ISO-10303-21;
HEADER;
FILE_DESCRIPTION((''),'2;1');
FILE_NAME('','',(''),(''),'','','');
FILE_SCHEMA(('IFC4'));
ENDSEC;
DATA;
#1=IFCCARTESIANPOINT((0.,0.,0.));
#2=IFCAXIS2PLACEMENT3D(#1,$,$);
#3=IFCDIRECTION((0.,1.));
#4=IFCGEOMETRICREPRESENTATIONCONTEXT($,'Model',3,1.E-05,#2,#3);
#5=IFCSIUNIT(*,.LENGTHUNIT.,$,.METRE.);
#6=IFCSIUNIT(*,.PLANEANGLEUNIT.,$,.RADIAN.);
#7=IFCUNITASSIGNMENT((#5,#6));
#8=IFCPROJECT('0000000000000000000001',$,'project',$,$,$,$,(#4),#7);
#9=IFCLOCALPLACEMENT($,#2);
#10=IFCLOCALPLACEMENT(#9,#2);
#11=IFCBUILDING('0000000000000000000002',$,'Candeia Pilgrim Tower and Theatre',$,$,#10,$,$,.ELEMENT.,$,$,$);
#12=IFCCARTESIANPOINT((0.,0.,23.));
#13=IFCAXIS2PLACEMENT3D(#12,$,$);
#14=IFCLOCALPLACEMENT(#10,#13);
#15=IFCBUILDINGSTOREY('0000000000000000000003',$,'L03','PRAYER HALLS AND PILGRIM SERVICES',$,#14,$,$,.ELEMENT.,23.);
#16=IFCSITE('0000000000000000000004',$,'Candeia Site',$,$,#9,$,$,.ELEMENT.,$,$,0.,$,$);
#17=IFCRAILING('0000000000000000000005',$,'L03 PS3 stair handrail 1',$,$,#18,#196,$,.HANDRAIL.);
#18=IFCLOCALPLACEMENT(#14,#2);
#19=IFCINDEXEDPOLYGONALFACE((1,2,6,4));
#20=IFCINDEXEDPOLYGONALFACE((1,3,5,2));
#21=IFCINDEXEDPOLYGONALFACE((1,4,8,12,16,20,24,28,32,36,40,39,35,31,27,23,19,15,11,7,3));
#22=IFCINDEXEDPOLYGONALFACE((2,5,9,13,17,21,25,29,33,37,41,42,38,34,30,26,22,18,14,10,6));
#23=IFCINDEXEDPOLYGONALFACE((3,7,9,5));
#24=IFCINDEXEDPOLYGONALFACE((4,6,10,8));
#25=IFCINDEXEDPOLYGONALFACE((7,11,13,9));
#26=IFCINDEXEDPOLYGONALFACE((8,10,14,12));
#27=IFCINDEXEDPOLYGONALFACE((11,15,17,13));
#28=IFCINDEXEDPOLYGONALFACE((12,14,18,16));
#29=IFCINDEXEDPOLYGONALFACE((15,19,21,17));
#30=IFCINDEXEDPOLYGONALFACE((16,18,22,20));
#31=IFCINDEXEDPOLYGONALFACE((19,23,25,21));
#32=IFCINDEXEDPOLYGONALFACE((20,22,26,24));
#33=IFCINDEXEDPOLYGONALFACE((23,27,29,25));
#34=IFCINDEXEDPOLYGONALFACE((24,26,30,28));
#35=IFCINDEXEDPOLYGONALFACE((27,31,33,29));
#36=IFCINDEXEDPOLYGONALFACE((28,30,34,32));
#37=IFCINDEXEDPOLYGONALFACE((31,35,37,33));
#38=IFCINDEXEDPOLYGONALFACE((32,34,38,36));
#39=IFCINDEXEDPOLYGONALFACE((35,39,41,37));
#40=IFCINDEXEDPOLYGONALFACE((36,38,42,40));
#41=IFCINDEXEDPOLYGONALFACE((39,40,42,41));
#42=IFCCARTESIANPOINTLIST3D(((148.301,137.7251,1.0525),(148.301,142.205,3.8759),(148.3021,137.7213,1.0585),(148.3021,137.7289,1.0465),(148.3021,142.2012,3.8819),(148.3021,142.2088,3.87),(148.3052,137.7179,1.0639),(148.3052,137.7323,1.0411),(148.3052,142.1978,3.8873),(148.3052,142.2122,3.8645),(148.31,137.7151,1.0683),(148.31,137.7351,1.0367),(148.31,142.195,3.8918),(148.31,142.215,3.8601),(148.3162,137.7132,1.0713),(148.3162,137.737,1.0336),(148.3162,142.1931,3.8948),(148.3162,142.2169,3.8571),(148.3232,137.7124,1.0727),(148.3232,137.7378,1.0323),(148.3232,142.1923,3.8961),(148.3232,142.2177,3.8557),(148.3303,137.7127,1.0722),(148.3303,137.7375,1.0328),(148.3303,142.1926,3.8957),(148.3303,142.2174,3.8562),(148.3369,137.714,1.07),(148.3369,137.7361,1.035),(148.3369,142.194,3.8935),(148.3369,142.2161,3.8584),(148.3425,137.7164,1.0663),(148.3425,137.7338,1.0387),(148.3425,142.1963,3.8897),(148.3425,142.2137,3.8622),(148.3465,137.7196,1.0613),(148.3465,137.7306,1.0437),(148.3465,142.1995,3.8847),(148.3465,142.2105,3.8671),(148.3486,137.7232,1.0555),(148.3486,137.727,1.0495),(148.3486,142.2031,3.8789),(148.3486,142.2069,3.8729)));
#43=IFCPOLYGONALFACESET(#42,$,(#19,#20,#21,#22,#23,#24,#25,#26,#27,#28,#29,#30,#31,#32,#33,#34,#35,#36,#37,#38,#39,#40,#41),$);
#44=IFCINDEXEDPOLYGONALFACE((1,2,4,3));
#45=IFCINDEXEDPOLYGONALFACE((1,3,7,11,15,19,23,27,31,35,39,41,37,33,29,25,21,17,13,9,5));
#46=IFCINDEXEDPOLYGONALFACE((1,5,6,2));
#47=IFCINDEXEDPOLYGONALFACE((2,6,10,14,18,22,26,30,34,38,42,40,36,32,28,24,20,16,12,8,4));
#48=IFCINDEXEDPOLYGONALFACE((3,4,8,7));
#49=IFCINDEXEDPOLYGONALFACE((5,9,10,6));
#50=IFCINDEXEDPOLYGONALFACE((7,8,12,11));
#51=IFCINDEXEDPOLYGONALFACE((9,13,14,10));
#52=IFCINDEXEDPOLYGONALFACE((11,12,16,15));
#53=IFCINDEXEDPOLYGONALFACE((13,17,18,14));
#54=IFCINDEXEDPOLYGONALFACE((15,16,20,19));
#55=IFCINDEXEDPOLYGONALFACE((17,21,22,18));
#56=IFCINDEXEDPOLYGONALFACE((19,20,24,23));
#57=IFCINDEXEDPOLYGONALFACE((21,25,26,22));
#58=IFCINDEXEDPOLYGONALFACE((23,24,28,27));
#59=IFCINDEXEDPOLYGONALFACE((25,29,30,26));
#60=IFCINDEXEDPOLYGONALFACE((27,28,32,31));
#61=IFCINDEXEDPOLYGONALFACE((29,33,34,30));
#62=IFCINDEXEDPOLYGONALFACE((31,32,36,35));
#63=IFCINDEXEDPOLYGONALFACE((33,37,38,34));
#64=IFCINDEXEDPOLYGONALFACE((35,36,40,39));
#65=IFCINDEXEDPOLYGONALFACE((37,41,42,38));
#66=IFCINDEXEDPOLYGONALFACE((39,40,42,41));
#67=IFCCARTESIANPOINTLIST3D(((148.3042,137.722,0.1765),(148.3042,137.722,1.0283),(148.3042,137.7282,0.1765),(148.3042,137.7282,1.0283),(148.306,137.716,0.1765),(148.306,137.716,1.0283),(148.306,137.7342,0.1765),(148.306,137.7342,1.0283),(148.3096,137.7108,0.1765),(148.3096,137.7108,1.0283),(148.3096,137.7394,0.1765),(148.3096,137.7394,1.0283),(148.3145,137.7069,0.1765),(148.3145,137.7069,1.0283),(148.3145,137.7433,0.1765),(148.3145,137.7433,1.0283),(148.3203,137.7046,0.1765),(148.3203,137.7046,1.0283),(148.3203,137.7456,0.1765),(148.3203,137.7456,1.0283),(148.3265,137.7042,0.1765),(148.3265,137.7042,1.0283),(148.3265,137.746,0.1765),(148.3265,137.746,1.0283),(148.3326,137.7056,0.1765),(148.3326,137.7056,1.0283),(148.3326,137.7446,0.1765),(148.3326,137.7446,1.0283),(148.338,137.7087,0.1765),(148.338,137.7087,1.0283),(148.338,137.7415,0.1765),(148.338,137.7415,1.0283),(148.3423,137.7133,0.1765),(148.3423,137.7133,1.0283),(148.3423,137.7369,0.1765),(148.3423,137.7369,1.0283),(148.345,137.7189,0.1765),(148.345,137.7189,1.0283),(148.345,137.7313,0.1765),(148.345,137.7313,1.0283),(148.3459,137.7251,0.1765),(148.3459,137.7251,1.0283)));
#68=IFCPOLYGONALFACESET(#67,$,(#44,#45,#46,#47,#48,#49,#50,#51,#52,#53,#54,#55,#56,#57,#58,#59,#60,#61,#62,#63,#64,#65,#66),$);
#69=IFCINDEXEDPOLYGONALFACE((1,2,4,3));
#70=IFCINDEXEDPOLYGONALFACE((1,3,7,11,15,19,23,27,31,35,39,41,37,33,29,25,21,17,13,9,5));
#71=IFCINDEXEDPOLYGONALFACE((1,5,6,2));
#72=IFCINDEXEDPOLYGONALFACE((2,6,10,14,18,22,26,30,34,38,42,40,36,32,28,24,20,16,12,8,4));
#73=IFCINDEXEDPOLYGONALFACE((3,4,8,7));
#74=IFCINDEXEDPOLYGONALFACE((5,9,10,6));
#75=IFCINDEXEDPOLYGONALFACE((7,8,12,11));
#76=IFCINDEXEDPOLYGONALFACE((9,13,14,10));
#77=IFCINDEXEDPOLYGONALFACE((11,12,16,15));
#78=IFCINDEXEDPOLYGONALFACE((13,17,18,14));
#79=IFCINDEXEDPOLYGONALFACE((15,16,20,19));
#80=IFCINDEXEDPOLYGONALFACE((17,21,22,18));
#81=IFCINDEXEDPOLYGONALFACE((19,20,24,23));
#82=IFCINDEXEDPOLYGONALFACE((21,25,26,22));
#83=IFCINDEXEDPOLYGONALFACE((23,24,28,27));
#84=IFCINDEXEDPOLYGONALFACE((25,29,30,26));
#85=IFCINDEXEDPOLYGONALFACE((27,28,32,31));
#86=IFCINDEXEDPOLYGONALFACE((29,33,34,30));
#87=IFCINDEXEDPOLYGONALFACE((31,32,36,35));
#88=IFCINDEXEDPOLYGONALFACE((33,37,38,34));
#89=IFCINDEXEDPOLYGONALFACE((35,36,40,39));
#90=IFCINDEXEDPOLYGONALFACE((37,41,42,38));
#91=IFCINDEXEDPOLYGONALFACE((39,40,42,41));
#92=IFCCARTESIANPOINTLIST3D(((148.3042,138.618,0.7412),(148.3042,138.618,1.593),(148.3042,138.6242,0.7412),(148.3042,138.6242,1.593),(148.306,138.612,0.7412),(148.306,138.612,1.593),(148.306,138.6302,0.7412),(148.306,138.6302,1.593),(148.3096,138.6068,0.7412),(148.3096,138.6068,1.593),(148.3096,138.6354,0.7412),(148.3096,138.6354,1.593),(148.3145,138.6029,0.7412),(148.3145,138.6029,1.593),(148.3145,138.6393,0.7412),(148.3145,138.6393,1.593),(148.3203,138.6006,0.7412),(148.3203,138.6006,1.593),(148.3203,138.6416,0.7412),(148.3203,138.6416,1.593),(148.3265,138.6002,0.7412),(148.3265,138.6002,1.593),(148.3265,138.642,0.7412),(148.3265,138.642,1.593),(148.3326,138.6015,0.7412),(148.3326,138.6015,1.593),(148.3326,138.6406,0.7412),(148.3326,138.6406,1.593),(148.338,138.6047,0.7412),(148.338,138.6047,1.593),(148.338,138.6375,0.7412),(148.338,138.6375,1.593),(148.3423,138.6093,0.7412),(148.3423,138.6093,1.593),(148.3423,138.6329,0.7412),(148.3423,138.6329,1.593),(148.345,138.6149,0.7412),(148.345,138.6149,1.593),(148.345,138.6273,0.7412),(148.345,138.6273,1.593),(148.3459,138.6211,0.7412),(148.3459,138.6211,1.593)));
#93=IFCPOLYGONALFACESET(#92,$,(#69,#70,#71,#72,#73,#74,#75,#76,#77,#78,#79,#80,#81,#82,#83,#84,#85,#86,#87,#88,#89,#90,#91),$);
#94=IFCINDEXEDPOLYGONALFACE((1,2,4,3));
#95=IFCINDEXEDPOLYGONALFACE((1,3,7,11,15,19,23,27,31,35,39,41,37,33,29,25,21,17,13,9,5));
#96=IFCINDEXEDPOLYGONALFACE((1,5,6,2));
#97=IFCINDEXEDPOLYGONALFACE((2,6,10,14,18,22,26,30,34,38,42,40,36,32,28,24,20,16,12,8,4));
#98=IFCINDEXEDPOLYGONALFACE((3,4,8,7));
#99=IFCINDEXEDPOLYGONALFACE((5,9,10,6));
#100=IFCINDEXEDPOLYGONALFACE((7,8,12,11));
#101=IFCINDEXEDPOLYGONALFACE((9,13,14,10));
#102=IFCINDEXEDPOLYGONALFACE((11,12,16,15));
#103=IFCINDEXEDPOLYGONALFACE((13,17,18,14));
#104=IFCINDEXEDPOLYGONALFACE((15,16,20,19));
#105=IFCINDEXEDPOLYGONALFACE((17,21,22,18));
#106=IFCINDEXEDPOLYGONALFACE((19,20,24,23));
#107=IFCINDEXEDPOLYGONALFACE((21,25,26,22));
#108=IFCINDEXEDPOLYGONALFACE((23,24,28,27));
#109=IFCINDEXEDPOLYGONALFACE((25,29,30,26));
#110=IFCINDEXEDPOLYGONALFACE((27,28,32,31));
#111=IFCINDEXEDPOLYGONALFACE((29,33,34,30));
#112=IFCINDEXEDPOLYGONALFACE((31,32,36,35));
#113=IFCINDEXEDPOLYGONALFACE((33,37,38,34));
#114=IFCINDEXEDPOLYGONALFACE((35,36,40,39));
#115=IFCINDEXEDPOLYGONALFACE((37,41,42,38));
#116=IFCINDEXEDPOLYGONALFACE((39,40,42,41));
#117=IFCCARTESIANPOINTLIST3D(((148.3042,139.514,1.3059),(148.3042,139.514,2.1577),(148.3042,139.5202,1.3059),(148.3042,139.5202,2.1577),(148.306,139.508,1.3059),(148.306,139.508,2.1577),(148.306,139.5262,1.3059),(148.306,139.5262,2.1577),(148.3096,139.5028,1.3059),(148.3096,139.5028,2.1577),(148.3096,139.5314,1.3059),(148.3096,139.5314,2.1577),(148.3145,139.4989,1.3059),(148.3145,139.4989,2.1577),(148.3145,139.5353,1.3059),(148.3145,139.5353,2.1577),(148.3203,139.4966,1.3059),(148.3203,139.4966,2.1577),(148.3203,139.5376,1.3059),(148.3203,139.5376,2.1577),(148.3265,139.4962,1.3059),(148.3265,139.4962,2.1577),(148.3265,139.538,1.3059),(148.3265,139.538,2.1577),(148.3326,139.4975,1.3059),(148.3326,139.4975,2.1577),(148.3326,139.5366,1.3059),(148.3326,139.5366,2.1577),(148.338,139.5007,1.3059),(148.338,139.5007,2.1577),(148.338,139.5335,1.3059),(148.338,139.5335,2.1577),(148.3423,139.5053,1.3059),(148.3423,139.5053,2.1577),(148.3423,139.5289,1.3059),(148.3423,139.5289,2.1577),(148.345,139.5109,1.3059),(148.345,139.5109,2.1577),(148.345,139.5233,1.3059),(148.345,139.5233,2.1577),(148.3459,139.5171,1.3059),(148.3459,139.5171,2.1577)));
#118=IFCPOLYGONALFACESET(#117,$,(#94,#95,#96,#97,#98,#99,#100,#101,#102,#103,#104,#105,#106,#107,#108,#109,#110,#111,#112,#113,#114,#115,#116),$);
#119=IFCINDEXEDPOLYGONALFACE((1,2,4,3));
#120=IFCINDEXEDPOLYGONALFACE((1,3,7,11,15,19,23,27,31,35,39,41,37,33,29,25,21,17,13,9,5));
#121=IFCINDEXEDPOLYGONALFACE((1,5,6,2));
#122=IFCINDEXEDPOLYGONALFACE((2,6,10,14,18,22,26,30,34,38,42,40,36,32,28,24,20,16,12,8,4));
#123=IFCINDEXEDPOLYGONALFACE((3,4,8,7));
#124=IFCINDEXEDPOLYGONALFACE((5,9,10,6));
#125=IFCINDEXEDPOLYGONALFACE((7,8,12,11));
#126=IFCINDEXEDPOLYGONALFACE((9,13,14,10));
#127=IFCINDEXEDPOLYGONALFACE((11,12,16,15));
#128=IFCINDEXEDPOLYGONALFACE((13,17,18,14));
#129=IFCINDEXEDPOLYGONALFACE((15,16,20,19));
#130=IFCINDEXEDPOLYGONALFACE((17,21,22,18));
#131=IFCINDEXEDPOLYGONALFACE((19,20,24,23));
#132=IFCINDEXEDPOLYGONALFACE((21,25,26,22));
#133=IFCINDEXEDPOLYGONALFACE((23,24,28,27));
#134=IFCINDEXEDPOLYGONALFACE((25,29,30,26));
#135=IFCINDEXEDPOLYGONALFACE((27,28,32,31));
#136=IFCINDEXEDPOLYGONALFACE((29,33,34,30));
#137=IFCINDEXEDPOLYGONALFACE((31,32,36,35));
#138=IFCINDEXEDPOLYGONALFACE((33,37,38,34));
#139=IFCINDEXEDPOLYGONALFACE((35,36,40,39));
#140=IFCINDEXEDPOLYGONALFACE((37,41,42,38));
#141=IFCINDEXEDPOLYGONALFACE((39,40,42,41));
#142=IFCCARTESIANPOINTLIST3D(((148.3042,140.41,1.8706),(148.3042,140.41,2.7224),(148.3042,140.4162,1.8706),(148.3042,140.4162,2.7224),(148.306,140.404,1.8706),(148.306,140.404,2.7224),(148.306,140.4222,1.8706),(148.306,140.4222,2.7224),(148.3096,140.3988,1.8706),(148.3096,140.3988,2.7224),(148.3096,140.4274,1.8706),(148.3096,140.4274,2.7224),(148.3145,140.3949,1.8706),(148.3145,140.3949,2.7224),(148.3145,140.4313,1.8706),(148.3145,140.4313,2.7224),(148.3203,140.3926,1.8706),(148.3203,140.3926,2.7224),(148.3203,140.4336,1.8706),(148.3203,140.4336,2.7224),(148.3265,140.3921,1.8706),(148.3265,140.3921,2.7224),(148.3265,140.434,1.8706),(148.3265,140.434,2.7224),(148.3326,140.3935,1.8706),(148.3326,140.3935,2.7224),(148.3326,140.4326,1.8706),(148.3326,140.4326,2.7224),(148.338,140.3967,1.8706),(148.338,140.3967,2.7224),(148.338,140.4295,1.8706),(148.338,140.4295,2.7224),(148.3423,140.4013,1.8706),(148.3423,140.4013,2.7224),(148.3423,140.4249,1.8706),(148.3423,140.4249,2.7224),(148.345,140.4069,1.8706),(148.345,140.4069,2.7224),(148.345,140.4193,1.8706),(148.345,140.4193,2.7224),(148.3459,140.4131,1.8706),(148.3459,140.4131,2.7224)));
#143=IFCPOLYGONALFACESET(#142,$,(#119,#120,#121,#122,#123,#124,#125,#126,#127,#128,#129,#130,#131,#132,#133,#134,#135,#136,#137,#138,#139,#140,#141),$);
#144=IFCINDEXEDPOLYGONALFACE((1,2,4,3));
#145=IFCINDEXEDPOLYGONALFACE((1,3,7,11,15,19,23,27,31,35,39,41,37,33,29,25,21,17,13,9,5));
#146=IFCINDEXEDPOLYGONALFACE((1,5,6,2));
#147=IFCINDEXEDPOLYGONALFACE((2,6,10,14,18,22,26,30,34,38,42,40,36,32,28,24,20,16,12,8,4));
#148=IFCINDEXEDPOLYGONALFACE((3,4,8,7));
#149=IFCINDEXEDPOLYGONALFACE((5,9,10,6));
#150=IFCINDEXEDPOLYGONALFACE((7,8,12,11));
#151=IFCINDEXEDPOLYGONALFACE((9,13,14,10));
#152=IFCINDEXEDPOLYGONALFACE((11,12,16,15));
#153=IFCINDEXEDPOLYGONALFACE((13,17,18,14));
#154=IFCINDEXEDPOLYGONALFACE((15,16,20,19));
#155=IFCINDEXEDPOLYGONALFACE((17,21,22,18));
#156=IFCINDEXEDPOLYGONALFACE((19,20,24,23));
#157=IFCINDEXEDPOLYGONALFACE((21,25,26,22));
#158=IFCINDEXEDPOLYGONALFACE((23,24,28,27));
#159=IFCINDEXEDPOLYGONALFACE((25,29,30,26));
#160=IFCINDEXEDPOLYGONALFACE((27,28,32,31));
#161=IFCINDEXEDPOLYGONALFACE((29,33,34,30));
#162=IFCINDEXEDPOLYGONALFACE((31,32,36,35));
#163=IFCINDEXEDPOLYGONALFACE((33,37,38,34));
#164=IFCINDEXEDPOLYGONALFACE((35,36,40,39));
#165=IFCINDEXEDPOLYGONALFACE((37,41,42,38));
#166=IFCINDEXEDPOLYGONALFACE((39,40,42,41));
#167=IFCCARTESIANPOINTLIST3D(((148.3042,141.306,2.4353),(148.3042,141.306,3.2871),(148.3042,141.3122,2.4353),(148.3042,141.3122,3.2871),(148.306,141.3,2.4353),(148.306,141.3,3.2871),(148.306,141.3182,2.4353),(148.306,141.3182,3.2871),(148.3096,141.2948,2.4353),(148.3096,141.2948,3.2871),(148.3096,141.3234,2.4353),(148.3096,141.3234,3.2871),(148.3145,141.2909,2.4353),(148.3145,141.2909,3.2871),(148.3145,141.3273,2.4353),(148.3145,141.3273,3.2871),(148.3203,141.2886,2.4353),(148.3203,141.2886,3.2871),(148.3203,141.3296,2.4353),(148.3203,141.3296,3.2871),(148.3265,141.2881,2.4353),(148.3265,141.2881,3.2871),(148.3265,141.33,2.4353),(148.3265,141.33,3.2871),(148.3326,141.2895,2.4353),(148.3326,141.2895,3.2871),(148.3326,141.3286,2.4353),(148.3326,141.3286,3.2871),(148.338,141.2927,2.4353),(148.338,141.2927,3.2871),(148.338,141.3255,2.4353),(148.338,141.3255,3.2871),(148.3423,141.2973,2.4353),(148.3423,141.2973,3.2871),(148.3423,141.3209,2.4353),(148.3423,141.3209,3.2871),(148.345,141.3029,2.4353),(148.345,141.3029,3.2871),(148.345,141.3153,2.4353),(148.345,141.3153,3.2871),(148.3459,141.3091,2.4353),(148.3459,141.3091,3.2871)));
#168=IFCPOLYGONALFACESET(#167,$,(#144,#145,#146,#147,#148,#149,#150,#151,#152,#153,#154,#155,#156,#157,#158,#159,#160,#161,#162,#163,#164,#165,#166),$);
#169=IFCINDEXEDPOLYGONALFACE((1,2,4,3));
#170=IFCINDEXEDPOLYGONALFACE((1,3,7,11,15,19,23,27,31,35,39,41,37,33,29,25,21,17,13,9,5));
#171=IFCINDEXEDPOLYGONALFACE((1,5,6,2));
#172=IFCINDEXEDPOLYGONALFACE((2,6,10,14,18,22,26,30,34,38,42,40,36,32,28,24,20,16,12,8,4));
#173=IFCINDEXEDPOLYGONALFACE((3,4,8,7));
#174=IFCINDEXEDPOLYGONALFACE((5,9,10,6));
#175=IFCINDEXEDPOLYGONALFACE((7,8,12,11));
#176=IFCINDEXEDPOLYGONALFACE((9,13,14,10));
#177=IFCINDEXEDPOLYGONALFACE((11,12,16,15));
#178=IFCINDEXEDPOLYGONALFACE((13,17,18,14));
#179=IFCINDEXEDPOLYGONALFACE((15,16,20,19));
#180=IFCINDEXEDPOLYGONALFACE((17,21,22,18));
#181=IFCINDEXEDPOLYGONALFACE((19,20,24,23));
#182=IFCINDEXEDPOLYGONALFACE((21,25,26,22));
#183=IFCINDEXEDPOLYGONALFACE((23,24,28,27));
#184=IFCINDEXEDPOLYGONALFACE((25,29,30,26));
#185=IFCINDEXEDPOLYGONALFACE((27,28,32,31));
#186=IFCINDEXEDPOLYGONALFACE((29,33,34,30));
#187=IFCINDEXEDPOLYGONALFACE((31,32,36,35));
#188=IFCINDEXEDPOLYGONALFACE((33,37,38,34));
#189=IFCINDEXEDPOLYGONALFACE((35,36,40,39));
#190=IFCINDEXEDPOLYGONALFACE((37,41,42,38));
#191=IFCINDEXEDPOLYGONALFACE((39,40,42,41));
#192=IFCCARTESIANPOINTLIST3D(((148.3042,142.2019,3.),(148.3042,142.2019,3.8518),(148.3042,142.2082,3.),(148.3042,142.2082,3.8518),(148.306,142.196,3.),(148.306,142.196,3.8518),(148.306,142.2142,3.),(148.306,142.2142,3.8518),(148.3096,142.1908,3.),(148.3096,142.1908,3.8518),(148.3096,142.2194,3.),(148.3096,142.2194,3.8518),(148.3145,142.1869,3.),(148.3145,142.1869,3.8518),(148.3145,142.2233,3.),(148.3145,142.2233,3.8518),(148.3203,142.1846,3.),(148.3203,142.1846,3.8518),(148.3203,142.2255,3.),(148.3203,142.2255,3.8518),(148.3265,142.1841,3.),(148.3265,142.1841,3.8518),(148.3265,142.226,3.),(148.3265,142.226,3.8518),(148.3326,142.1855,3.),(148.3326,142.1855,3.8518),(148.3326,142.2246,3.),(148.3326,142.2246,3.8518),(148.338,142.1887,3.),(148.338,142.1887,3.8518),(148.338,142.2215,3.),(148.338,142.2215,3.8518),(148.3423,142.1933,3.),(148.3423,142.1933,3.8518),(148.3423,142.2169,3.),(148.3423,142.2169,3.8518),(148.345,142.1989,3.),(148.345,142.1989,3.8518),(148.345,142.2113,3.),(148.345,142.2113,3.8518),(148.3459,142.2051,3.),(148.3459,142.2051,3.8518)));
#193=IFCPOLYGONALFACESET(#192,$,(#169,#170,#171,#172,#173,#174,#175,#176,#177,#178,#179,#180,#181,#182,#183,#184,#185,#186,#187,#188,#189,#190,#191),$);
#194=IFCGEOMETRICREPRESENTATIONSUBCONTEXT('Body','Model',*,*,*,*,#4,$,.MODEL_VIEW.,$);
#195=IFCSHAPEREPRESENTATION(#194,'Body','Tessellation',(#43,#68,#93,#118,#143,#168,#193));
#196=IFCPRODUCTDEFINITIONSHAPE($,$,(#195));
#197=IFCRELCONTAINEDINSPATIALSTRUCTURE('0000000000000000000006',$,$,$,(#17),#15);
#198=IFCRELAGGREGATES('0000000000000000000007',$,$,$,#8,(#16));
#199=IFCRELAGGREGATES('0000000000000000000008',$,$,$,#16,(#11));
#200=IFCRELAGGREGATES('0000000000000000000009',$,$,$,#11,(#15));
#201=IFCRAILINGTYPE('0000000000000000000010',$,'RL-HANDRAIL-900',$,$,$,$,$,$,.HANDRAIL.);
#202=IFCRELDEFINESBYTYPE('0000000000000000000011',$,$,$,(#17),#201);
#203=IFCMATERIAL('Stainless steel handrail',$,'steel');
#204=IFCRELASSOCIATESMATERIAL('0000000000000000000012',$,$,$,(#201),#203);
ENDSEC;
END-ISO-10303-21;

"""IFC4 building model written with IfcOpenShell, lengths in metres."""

from ifc_helpers import new_model, si_unit, direction, frame, origin, origin_2d, place, context, subcontext, project, spatial, circle, extrude, material, type_object, element, save


model = new_model("IFC4")

# Units and contexts
model_context = context("Model", 3, precision=1e-05, world=origin(), true_north=direction((0.0, 1.0)))
body_context = subcontext(model_context, "Body", "Model", "MODEL_VIEW")
ifc_project = project(units=[si_unit("LENGTHUNIT", "METRE"), si_unit("PLANEANGLEUNIT", "RADIAN")], contexts=[model_context])

# Site, building, storey
site_placement = place(None, origin())
site = spatial("IfcSite", under=ifc_project, at=site_placement, Name="Candeia Site", CompositionType="ELEMENT", RefElevation=0.0)
building_placement = place(site_placement, origin())
building = spatial("IfcBuilding", under=site, at=building_placement, Name="Candeia Pilgrim Tower and Theatre", CompositionType="ELEMENT")
storey_placement = place(building_placement, frame((0.0, 0.0, 23.0)))
storey = spatial("IfcBuildingStorey", under=building, at=storey_placement, Name="L03", Description="PRAYER HALLS AND PILGRIM SERVICES", CompositionType="ELEMENT", Elevation=23.0)

# Railing
ifc_material_1 = material(Name="Stainless steel handrail", Category="steel")
railing_type_1 = type_object("IfcRailingType", Name="RL-HANDRAIL-900", PredefinedType="HANDRAIL", material=ifc_material_1)
railing_1_placement = place(storey_placement, frame((148.325, 137.7251, 0.1765)))
element("IfcRailing", 1, at=railing_1_placement, inside=storey, type_object=railing_type_1, Name="L03 PS3 stair handrail 1", PredefinedType="HANDRAIL", context=body_context, shape_type="SweptSolid", body=[
    extrude(circle(Radius=0.0239, at=origin_2d()), frame((0.0, 0.0, 0.876), z_axis=(0.0, 0.845998, 0.533186), x_axis=(-1.0, 0.0, 0.0)), (0.0, 0.0, 1.0), 5.2954),
    extrude(circle(Radius=0.021, at=origin_2d()), origin(), (0.0, 0.0, 1.0), 0.8518),
    extrude(circle(Radius=0.021, at=origin_2d()), frame((0.0, 0.896, 0.5647)), (0.0, 0.0, 1.0), 0.8518),
    extrude(circle(Radius=0.021, at=origin_2d()), frame((0.0, 1.792, 1.1294)), (0.0, 0.0, 1.0), 0.8518),
    extrude(circle(Radius=0.021, at=origin_2d()), frame((0.0, 2.688, 1.6941)), (0.0, 0.0, 1.0), 0.8518),
    extrude(circle(Radius=0.021, at=origin_2d()), frame((0.0, 3.584, 2.2588)), (0.0, 0.0, 1.0), 0.8518),
    extrude(circle(Radius=0.021, at=origin_2d()), frame((0.0, 4.48, 2.8235)), (0.0, 0.0, 1.0), 0.8518),
])

save(model, "model.ifc")
